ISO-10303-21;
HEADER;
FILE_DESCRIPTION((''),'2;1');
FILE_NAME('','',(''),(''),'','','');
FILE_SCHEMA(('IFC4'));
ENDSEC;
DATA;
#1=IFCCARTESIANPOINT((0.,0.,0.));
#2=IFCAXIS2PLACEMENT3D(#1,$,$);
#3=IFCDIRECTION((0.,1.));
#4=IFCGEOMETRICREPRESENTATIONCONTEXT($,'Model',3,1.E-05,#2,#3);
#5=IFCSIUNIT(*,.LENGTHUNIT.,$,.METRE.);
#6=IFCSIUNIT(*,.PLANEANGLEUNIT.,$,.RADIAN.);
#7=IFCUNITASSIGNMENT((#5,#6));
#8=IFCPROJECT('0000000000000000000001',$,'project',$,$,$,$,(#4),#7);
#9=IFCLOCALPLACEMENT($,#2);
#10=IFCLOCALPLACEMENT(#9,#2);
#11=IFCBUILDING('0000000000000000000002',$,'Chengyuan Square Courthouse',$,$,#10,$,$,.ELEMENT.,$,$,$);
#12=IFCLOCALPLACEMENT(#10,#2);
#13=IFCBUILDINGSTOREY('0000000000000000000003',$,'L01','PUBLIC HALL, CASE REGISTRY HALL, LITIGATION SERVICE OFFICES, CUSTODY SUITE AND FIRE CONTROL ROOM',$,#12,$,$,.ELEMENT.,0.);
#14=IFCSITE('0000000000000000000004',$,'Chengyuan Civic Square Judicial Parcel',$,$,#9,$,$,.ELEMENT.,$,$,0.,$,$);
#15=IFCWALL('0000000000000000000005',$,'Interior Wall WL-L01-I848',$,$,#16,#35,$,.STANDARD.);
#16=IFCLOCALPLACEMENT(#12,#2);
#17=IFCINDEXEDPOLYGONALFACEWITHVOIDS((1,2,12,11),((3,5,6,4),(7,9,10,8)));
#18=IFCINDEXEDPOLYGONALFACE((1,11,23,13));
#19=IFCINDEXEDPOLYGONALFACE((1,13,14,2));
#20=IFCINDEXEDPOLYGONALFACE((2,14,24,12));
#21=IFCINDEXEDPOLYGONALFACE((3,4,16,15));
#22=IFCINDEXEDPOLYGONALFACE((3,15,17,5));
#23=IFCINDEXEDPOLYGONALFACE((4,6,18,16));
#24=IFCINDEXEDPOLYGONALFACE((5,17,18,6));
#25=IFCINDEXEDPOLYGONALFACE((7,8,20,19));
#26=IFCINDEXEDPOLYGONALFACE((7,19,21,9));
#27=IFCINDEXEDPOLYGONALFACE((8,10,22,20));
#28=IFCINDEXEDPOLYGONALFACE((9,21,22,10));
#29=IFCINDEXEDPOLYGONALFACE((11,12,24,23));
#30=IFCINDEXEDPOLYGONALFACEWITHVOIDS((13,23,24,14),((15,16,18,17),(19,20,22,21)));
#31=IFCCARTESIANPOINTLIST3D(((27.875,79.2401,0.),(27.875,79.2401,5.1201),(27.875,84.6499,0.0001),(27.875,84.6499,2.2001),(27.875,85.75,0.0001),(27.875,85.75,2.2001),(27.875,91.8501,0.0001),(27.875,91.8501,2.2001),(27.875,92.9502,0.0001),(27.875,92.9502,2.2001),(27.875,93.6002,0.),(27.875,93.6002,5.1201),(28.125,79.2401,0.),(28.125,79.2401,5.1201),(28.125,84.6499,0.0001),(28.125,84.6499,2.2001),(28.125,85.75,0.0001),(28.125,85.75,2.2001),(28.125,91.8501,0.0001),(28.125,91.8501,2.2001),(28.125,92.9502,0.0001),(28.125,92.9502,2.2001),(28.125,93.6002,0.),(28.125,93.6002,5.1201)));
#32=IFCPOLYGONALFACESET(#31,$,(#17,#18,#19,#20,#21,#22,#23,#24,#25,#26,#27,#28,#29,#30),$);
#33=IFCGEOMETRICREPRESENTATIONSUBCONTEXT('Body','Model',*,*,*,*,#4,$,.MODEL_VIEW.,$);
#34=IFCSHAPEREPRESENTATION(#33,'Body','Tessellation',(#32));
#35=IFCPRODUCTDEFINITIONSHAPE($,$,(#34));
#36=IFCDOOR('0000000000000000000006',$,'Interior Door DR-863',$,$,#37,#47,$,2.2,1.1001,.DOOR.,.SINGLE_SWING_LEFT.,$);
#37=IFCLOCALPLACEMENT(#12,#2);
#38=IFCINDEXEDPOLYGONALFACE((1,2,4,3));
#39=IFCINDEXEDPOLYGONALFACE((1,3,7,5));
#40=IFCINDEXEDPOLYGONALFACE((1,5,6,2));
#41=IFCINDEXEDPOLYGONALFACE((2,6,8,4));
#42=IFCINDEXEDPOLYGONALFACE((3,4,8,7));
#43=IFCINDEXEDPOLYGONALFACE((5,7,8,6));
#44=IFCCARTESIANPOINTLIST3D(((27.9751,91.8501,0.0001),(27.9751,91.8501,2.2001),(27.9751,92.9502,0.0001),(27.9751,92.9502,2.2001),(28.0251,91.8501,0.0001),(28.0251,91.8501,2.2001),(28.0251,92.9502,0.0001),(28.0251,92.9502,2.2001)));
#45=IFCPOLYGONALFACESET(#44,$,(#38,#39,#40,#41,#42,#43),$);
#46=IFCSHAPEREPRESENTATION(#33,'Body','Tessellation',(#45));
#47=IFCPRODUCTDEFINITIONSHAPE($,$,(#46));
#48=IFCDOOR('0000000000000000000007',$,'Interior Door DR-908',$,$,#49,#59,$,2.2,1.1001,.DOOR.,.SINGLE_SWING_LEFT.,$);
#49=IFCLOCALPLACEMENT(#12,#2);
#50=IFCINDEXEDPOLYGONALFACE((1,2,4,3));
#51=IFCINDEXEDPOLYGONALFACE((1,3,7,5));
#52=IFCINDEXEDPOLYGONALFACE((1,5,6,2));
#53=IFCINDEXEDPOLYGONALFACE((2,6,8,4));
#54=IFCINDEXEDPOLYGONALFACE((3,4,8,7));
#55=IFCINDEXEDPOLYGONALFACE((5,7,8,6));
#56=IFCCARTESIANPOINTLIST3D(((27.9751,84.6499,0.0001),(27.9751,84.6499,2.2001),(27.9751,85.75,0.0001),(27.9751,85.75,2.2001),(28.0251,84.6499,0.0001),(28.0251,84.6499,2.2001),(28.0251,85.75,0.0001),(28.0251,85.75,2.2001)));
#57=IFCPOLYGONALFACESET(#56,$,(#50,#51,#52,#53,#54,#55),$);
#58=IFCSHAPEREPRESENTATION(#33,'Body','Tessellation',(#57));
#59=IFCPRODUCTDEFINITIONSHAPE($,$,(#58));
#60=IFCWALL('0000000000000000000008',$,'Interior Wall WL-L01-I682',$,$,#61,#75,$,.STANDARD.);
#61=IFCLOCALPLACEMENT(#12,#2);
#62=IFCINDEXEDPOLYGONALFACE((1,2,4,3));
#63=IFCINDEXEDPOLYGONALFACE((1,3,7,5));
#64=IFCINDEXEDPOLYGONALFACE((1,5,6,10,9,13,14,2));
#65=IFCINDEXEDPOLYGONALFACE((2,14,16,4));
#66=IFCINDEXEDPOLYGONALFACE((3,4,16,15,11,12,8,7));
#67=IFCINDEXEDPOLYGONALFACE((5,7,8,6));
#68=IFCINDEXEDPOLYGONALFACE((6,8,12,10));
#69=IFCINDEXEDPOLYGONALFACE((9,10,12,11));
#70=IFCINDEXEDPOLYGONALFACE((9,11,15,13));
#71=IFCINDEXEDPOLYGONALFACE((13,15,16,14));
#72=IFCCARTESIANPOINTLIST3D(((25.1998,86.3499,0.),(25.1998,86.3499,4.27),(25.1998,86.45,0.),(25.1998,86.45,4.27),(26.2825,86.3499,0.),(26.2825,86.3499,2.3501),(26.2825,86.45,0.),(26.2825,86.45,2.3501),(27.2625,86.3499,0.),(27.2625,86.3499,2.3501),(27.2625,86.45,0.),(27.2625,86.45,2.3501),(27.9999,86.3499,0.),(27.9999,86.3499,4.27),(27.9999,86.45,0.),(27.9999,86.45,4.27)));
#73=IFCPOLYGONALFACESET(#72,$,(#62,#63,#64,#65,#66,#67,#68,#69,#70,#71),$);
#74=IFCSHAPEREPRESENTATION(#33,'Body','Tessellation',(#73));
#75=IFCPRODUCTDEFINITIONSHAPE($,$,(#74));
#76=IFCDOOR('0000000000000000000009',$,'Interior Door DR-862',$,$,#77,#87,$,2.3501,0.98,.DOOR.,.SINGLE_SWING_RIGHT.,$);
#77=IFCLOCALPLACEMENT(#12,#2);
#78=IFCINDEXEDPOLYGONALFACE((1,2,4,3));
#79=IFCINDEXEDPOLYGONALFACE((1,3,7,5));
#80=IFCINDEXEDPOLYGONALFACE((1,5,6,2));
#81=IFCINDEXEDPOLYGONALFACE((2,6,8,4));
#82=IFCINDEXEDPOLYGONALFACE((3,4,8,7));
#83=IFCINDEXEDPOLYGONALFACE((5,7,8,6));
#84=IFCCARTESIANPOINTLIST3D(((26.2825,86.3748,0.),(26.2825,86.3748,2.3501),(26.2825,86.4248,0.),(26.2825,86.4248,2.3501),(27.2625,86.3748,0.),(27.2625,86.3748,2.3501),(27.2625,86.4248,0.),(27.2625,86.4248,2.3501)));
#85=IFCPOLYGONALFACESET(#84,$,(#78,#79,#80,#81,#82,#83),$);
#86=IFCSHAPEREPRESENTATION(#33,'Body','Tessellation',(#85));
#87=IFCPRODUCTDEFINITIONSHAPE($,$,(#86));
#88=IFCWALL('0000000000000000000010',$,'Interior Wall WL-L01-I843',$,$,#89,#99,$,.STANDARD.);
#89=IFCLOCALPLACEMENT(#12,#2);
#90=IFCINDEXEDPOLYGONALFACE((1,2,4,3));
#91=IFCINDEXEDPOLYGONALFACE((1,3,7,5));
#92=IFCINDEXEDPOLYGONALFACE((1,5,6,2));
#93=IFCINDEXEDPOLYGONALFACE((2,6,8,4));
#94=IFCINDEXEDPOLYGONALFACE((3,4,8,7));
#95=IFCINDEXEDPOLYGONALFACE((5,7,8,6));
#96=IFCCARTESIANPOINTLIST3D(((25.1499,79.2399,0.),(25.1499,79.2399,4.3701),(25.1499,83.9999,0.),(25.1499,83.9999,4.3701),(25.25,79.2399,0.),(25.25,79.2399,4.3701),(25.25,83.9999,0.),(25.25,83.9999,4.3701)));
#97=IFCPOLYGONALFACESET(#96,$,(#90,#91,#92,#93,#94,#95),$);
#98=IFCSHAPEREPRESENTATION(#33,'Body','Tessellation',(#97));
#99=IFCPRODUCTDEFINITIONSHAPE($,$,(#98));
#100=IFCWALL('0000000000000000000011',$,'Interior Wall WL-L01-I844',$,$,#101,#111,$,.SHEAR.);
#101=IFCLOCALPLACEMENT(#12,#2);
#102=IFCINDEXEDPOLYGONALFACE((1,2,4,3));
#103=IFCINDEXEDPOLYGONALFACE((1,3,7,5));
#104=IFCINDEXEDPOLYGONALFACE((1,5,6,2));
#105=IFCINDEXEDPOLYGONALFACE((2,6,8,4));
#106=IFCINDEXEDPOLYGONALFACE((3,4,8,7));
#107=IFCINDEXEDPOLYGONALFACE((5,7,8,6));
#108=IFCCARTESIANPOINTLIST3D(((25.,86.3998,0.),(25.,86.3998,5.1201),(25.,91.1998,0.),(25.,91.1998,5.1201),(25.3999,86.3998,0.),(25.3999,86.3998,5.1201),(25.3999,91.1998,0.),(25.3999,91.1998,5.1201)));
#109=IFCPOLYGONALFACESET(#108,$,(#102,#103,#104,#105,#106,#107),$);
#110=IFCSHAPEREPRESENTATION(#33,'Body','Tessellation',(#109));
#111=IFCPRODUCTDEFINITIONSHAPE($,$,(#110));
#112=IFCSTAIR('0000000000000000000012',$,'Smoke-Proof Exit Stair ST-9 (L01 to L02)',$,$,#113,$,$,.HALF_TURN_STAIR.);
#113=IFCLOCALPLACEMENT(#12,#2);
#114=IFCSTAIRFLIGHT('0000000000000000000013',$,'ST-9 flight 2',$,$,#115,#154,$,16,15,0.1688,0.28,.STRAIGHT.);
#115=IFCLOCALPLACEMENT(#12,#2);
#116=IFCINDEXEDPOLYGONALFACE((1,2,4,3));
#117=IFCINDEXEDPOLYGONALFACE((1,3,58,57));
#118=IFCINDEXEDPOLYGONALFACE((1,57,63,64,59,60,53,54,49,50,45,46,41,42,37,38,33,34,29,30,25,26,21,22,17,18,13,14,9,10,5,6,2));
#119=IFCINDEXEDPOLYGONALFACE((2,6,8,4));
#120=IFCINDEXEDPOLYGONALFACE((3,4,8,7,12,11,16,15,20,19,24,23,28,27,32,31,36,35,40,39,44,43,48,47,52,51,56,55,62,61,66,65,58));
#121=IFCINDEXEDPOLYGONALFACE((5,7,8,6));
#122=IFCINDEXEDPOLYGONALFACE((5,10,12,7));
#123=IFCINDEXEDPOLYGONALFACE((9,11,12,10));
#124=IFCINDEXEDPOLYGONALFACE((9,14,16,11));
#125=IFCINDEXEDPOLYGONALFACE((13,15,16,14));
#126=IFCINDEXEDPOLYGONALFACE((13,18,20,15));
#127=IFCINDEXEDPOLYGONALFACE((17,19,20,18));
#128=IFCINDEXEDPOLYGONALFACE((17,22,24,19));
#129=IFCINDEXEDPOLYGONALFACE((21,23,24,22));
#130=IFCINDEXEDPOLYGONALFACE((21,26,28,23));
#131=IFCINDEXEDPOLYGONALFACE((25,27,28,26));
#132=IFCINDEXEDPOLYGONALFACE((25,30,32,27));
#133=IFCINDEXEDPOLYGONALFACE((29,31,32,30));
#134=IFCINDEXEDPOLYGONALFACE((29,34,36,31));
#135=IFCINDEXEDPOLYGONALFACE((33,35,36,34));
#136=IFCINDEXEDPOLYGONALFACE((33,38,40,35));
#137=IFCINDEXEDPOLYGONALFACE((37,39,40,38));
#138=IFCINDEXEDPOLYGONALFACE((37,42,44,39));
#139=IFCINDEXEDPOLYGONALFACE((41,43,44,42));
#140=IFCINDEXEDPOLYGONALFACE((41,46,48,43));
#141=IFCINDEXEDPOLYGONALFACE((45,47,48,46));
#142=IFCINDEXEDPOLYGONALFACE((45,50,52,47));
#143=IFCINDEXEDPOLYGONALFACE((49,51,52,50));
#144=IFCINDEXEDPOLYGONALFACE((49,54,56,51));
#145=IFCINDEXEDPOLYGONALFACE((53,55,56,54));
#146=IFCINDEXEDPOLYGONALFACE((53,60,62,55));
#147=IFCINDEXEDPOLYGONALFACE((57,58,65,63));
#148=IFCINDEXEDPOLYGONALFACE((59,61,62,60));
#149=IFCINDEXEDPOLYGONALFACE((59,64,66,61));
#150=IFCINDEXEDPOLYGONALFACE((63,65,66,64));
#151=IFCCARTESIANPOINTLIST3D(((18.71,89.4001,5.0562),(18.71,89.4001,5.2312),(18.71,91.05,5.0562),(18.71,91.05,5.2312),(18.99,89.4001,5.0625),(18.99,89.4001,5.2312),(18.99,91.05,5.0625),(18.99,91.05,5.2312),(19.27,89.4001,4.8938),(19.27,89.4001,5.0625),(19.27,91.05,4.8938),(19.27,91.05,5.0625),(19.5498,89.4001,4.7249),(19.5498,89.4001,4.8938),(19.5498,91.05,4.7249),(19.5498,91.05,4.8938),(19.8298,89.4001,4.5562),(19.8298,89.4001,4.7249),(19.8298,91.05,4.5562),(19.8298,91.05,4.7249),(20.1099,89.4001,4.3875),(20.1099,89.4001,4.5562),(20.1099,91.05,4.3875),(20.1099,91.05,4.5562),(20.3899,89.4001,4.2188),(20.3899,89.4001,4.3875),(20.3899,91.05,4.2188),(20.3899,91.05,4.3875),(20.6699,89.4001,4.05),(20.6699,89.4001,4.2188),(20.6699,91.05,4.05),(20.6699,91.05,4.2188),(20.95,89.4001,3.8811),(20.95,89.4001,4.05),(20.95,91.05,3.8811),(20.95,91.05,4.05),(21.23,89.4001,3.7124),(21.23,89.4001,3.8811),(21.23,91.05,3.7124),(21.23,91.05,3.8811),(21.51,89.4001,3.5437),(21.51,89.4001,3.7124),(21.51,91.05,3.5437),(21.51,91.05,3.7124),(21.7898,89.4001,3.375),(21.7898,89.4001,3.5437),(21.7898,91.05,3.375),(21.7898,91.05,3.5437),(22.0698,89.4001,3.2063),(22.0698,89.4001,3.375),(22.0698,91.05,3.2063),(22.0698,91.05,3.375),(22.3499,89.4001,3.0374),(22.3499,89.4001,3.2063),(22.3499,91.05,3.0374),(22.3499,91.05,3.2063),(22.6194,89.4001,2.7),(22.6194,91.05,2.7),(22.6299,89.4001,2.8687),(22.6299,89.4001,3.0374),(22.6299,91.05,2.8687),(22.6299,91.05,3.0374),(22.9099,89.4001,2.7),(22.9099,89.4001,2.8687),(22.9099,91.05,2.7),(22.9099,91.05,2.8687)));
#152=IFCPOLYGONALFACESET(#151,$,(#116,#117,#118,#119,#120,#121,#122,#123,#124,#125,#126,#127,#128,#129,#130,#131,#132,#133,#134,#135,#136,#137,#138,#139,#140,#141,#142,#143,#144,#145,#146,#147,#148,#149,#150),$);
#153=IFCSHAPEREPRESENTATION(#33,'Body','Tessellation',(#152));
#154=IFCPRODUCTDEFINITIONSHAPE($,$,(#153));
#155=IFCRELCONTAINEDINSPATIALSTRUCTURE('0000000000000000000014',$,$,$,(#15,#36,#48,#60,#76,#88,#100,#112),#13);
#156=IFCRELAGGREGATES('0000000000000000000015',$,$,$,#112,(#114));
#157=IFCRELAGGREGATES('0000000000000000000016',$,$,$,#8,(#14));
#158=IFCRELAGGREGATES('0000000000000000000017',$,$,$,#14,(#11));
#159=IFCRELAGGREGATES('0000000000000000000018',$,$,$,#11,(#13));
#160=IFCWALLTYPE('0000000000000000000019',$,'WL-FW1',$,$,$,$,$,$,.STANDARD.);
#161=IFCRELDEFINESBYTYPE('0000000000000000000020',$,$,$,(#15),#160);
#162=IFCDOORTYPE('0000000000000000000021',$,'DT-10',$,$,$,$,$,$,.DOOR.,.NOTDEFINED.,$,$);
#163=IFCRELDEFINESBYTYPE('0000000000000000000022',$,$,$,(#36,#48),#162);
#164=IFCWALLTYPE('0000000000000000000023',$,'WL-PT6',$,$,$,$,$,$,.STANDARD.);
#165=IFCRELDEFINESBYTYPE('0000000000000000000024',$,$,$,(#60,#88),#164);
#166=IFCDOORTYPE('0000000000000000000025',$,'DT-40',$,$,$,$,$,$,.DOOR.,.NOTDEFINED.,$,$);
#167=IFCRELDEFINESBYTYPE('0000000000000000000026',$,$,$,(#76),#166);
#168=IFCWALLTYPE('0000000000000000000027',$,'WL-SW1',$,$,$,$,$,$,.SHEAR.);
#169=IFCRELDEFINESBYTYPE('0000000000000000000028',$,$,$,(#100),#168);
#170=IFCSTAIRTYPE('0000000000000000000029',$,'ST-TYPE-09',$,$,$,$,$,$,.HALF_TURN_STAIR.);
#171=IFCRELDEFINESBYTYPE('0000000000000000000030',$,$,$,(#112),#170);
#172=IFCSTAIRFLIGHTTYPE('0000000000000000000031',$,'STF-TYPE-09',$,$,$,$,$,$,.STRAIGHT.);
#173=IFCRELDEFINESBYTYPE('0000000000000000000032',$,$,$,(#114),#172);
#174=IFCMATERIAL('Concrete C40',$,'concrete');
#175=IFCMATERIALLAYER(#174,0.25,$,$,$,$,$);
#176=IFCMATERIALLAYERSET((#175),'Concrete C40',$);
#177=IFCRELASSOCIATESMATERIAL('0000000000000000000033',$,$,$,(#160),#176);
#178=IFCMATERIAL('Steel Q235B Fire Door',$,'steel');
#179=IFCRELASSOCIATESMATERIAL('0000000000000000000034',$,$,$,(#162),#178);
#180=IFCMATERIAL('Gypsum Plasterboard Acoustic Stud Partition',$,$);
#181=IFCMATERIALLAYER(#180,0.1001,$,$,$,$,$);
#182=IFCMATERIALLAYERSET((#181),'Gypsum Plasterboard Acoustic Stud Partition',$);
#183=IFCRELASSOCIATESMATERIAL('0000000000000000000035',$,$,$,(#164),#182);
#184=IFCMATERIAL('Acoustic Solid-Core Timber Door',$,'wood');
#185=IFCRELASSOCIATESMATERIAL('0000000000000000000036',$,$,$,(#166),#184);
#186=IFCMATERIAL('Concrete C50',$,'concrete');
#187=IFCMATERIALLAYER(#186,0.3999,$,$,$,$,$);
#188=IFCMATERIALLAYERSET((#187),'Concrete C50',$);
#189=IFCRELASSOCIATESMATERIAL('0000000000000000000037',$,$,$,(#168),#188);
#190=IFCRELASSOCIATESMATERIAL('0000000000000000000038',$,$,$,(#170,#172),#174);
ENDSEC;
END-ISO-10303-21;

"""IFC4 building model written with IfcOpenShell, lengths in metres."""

from ifc_helpers import new_model, si_unit, direction, frame, frame_2d, origin, place, context, subcontext, project, spatial, polyline, rectangle, outline, extrude, material, layer, layer_set, type_object, element, fill, aggregate, save


model = new_model("IFC4")

# Units and contexts
model_context = context("Model", 3, precision=1e-05, world=origin(), true_north=direction((0.0, 1.0)))
body_context = subcontext(model_context, "Body", "Model", "MODEL_VIEW")
ifc_project = project(units=[si_unit("LENGTHUNIT", "METRE"), si_unit("PLANEANGLEUNIT", "RADIAN")], contexts=[model_context])

# Site, building, storey
site_placement = place(None, origin())
site = spatial("IfcSite", under=ifc_project, at=site_placement, Name="Chengyuan Civic Square Judicial Parcel", CompositionType="ELEMENT", RefElevation=0.0)
building_placement = place(site_placement, origin())
building = spatial("IfcBuilding", under=site, at=building_placement, Name="Chengyuan Square Courthouse", CompositionType="ELEMENT")
storey_placement = place(building_placement, origin())
storey = spatial("IfcBuildingStorey", under=building, at=storey_placement, Name="L01", Description="PUBLIC HALL, CASE REGISTRY HALL, LITIGATION SERVICE OFFICES, CUSTODY SUITE AND FIRE CONTROL ROOM", CompositionType="ELEMENT", Elevation=0.0)

# Shared definitions
ifc_material_1 = material(Name="Concrete C50", Category="concrete")

# Shared definitions
ifc_material_2 = material(Name="Concrete C40", Category="concrete")

# Shared definitions
ifc_layer_1 = layer(ifc_material_2, 0.25)
ifc_layer_set_1 = layer_set([ifc_layer_1], Name="Concrete C40")
wall_type_1 = type_object("IfcWallType", Name="WL-FW1", PredefinedType="STANDARD", material=ifc_layer_set_1)

# Shared definitions
ifc_material_3 = material(Name="Steel Q235B Fire Door", Category="steel")

# Wall, openings, doors
wall_1_placement = place(storey_placement, frame((28.0, 79.24, 0.0), z_axis=(0.0, 0.0, 1.0), x_axis=(0.0, 1.0, 0.0)))
wall_1 = element("IfcWall", 1, at=wall_1_placement, inside=storey, type_object=wall_type_1, Name="Interior Wall WL-L01-I848", PredefinedType="STANDARD", context=body_context, shape_type="SweptSolid", body=[
    extrude(rectangle(XDim=14.3601, YDim=0.25, at=frame_2d((7.1802, 0.0))), origin(), (0.0, 0.0, 1.0), 5.1201),
])
opening_1_placement = place(wall_1_placement, frame((12.6101, 0.0, 0.0)))
opening_1 = element("IfcOpeningElement", 2, at=opening_1_placement, cuts=wall_1, PredefinedType="OPENING", context=body_context, shape_type="SweptSolid", body=[
    extrude(rectangle(XDim=1.1001, YDim=2.2, at=frame_2d((0.55, 1.1001))), frame((0.0, 0.137, 0.0), z_axis=(0.0, -1.0, 0.0), x_axis=(1.0, 0.0, 0.0)), (0.0, 0.0, 1.0), 0.2739),
])
opening_2_placement = place(wall_1_placement, frame((5.4099, 0.0, 0.0)))
opening_2 = element("IfcOpeningElement", 3, at=opening_2_placement, cuts=wall_1, PredefinedType="OPENING", context=body_context, shape_type="SweptSolid", body=[
    extrude(rectangle(XDim=1.1001, YDim=2.2, at=frame_2d((0.55, 1.1001))), frame((0.0, 0.137, 0.0), z_axis=(0.0, -1.0, 0.0), x_axis=(1.0, 0.0, 0.0)), (0.0, 0.0, 1.0), 0.2739),
])
door_type_1 = type_object("IfcDoorType", Name="DT-10", OperationType="NOTDEFINED", PredefinedType="DOOR", material=ifc_material_3)
door_1_placement = place(opening_1_placement, origin())
door_1 = element("IfcDoor", 4, at=door_1_placement, inside=storey, type_object=door_type_1, Name="Interior Door DR-863", OperationType="SINGLE_SWING_LEFT", OverallHeight=2.2, OverallWidth=1.1001, PredefinedType="DOOR", context=body_context, shape_type="SweptSolid", body=[
    extrude(rectangle(XDim=1.1001, YDim=2.2, at=frame_2d((0.55, 1.1001))), frame((0.0, 0.0249, 0.0), z_axis=(0.0, -1.0, 0.0), x_axis=(1.0, 0.0, 0.0)), (0.0, 0.0, 1.0), 0.05),
])
fill(opening_1, door_1)
door_2_placement = place(opening_2_placement, origin())
door_2 = element("IfcDoor", 5, at=door_2_placement, inside=storey, type_object=door_type_1, Name="Interior Door DR-908", OperationType="SINGLE_SWING_LEFT", OverallHeight=2.2, OverallWidth=1.1001, PredefinedType="DOOR", context=body_context, shape_type="SweptSolid", body=[
    extrude(rectangle(XDim=1.1001, YDim=2.2, at=frame_2d((0.55, 1.1001))), frame((0.0, 0.0249, 0.0), z_axis=(0.0, -1.0, 0.0), x_axis=(1.0, 0.0, 0.0)), (0.0, 0.0, 1.0), 0.05),
])
fill(opening_2, door_2)

# Wall, opening, door
ifc_material_4 = material(Name="Gypsum Plasterboard Acoustic Stud Partition")
ifc_layer_2 = layer(ifc_material_4, 0.1001)
ifc_layer_set_2 = layer_set([ifc_layer_2], Name="Gypsum Plasterboard Acoustic Stud Partition")
wall_type_2 = type_object("IfcWallType", Name="WL-PT6", PredefinedType="STANDARD", material=ifc_layer_set_2)
wall_2_placement = place(storey_placement, frame((25.2, 86.3999, 0.0), z_axis=(0.0, 0.0, 1.0), x_axis=(1.0, 0.0, 0.0)))
wall_2 = element("IfcWall", 6, at=wall_2_placement, inside=storey, type_object=wall_type_2, Name="Interior Wall WL-L01-I682", PredefinedType="STANDARD", context=body_context, shape_type="SweptSolid", body=[
    extrude(rectangle(XDim=2.8, YDim=0.1001, at=frame_2d((1.3999, 0.0))), origin(), (0.0, 0.0, 1.0), 4.27),
])
opening_3_placement = place(wall_2_placement, frame((1.0825, 0.0, 0.0)))
opening_3 = element("IfcOpeningElement", 7, at=opening_3_placement, cuts=wall_2, PredefinedType="OPENING", context=body_context, shape_type="SweptSolid", body=[
    extrude(rectangle(XDim=0.98, YDim=2.3501, at=frame_2d((0.49, 1.175))), frame((0.0, 0.062, 0.0), z_axis=(0.0, -1.0, 0.0), x_axis=(1.0, 0.0, 0.0)), (0.0, 0.0, 1.0), 0.124),
])
ifc_material_5 = material(Name="Acoustic Solid-Core Timber Door", Category="wood")
door_type_2 = type_object("IfcDoorType", Name="DT-40", OperationType="NOTDEFINED", PredefinedType="DOOR", material=ifc_material_5)
door_3_placement = place(opening_3_placement, origin())
door_3 = element("IfcDoor", 8, at=door_3_placement, inside=storey, type_object=door_type_2, Name="Interior Door DR-862", OperationType="SINGLE_SWING_RIGHT", OverallHeight=2.3501, OverallWidth=0.98, PredefinedType="DOOR", context=body_context, shape_type="SweptSolid", body=[
    extrude(rectangle(XDim=0.98, YDim=2.3501, at=frame_2d((0.49, 1.175))), frame((0.0, 0.0249, 0.0), z_axis=(0.0, -1.0, 0.0), x_axis=(1.0, 0.0, 0.0)), (0.0, 0.0, 1.0), 0.05),
])
fill(opening_3, door_3)

# Walls
wall_3_placement = place(storey_placement, frame((25.2, 79.24, 0.0), z_axis=(0.0, 0.0, 1.0), x_axis=(0.0, 1.0, 0.0)))
element("IfcWall", 9, at=wall_3_placement, inside=storey, type_object=wall_type_2, Name="Interior Wall WL-L01-I843", PredefinedType="STANDARD", context=body_context, shape_type="SweptSolid", body=[
    extrude(rectangle(XDim=4.76, YDim=0.1001, at=frame_2d((2.3799, 0.0))), origin(), (0.0, 0.0, 1.0), 4.3701),
])
ifc_layer_3 = layer(ifc_material_1, 0.3999)
ifc_layer_set_3 = layer_set([ifc_layer_3], Name="Concrete C50")
wall_type_3 = type_object("IfcWallType", Name="WL-SW1", PredefinedType="SHEAR", material=ifc_layer_set_3)
wall_4_placement = place(storey_placement, frame((25.2, 86.3999, 0.0), z_axis=(0.0, 0.0, 1.0), x_axis=(0.0, 1.0, 0.0)))
element("IfcWall", 10, at=wall_4_placement, inside=storey, type_object=wall_type_3, Name="Interior Wall WL-L01-I844", PredefinedType="SHEAR", context=body_context, shape_type="SweptSolid", body=[
    extrude(rectangle(XDim=4.8, YDim=0.3999, at=frame_2d((2.3999, 0.0))), origin(), (0.0, 0.0, 1.0), 5.1201),
])

# Stair, stair flight
stair_type = type_object("IfcStairType", Name="ST-TYPE-09", PredefinedType="HALF_TURN_STAIR", material=ifc_material_2)
stair_placement = place(storey_placement, origin())
stair = element("IfcStair", 11, at=stair_placement, inside=storey, type_object=stair_type, Name="Smoke-Proof Exit Stair ST-9 (L01 to L02)", PredefinedType="HALF_TURN_STAIR")
stair_flight_type = type_object("IfcStairFlightType", Name="STF-TYPE-09", PredefinedType="STRAIGHT", material=ifc_material_2)
stair_flight_placement = place(storey_placement, frame((22.9099, 90.2251, 2.7), z_axis=(0.0, 0.0, 1.0), x_axis=(-1.0, 0.0, 0.0)))
stair_flight = element("IfcStairFlight", 12, at=stair_flight_placement, type_object=stair_flight_type, Name="ST-9 flight 2", NumberOfRisers=16, NumberOfTreads=15, PredefinedType="STRAIGHT", RiserHeight=0.1688, TreadLength=0.28, context=body_context, shape_type="SweptSolid", body=[
    extrude(outline(polyline([(0.0, 0.0), (0.0, 0.1687), (0.28, 0.1687), (0.28, 0.3374), (0.5601, 0.3374), (0.5601, 0.5063), (0.8401, 0.5063), (0.8401, 0.675), (1.1201, 0.675), (1.1201, 0.8438), (1.3999, 0.8438), (1.3999, 1.0125), (1.6799, 1.0125), (1.6799, 1.1812), (1.96, 1.1812), (1.96, 1.3501), (2.24, 1.3501), (2.24, 1.5188), (2.52, 1.5188), (2.52, 1.6875), (2.8, 1.6875), (2.8, 1.8562), (3.0801, 1.8562), (3.0801, 2.0249), (3.3601, 2.0249), (3.3601, 2.1938), (3.6399, 2.1938), (3.6399, 2.3625), (3.9199, 2.3625), (3.9199, 2.5312), (4.2, 2.5312), (4.2, 2.7), (4.2, 2.3562), (0.2905, 0.0), (0.0, 0.0)])), frame((0.0, 0.825, 0.0), z_axis=(0.0, -1.0, 0.0), x_axis=(1.0, 0.0, 0.0)), (0.0, 0.0, 1.0), 1.6499),
])
aggregate(stair, [stair_flight])

save(model, "model.ifc")
